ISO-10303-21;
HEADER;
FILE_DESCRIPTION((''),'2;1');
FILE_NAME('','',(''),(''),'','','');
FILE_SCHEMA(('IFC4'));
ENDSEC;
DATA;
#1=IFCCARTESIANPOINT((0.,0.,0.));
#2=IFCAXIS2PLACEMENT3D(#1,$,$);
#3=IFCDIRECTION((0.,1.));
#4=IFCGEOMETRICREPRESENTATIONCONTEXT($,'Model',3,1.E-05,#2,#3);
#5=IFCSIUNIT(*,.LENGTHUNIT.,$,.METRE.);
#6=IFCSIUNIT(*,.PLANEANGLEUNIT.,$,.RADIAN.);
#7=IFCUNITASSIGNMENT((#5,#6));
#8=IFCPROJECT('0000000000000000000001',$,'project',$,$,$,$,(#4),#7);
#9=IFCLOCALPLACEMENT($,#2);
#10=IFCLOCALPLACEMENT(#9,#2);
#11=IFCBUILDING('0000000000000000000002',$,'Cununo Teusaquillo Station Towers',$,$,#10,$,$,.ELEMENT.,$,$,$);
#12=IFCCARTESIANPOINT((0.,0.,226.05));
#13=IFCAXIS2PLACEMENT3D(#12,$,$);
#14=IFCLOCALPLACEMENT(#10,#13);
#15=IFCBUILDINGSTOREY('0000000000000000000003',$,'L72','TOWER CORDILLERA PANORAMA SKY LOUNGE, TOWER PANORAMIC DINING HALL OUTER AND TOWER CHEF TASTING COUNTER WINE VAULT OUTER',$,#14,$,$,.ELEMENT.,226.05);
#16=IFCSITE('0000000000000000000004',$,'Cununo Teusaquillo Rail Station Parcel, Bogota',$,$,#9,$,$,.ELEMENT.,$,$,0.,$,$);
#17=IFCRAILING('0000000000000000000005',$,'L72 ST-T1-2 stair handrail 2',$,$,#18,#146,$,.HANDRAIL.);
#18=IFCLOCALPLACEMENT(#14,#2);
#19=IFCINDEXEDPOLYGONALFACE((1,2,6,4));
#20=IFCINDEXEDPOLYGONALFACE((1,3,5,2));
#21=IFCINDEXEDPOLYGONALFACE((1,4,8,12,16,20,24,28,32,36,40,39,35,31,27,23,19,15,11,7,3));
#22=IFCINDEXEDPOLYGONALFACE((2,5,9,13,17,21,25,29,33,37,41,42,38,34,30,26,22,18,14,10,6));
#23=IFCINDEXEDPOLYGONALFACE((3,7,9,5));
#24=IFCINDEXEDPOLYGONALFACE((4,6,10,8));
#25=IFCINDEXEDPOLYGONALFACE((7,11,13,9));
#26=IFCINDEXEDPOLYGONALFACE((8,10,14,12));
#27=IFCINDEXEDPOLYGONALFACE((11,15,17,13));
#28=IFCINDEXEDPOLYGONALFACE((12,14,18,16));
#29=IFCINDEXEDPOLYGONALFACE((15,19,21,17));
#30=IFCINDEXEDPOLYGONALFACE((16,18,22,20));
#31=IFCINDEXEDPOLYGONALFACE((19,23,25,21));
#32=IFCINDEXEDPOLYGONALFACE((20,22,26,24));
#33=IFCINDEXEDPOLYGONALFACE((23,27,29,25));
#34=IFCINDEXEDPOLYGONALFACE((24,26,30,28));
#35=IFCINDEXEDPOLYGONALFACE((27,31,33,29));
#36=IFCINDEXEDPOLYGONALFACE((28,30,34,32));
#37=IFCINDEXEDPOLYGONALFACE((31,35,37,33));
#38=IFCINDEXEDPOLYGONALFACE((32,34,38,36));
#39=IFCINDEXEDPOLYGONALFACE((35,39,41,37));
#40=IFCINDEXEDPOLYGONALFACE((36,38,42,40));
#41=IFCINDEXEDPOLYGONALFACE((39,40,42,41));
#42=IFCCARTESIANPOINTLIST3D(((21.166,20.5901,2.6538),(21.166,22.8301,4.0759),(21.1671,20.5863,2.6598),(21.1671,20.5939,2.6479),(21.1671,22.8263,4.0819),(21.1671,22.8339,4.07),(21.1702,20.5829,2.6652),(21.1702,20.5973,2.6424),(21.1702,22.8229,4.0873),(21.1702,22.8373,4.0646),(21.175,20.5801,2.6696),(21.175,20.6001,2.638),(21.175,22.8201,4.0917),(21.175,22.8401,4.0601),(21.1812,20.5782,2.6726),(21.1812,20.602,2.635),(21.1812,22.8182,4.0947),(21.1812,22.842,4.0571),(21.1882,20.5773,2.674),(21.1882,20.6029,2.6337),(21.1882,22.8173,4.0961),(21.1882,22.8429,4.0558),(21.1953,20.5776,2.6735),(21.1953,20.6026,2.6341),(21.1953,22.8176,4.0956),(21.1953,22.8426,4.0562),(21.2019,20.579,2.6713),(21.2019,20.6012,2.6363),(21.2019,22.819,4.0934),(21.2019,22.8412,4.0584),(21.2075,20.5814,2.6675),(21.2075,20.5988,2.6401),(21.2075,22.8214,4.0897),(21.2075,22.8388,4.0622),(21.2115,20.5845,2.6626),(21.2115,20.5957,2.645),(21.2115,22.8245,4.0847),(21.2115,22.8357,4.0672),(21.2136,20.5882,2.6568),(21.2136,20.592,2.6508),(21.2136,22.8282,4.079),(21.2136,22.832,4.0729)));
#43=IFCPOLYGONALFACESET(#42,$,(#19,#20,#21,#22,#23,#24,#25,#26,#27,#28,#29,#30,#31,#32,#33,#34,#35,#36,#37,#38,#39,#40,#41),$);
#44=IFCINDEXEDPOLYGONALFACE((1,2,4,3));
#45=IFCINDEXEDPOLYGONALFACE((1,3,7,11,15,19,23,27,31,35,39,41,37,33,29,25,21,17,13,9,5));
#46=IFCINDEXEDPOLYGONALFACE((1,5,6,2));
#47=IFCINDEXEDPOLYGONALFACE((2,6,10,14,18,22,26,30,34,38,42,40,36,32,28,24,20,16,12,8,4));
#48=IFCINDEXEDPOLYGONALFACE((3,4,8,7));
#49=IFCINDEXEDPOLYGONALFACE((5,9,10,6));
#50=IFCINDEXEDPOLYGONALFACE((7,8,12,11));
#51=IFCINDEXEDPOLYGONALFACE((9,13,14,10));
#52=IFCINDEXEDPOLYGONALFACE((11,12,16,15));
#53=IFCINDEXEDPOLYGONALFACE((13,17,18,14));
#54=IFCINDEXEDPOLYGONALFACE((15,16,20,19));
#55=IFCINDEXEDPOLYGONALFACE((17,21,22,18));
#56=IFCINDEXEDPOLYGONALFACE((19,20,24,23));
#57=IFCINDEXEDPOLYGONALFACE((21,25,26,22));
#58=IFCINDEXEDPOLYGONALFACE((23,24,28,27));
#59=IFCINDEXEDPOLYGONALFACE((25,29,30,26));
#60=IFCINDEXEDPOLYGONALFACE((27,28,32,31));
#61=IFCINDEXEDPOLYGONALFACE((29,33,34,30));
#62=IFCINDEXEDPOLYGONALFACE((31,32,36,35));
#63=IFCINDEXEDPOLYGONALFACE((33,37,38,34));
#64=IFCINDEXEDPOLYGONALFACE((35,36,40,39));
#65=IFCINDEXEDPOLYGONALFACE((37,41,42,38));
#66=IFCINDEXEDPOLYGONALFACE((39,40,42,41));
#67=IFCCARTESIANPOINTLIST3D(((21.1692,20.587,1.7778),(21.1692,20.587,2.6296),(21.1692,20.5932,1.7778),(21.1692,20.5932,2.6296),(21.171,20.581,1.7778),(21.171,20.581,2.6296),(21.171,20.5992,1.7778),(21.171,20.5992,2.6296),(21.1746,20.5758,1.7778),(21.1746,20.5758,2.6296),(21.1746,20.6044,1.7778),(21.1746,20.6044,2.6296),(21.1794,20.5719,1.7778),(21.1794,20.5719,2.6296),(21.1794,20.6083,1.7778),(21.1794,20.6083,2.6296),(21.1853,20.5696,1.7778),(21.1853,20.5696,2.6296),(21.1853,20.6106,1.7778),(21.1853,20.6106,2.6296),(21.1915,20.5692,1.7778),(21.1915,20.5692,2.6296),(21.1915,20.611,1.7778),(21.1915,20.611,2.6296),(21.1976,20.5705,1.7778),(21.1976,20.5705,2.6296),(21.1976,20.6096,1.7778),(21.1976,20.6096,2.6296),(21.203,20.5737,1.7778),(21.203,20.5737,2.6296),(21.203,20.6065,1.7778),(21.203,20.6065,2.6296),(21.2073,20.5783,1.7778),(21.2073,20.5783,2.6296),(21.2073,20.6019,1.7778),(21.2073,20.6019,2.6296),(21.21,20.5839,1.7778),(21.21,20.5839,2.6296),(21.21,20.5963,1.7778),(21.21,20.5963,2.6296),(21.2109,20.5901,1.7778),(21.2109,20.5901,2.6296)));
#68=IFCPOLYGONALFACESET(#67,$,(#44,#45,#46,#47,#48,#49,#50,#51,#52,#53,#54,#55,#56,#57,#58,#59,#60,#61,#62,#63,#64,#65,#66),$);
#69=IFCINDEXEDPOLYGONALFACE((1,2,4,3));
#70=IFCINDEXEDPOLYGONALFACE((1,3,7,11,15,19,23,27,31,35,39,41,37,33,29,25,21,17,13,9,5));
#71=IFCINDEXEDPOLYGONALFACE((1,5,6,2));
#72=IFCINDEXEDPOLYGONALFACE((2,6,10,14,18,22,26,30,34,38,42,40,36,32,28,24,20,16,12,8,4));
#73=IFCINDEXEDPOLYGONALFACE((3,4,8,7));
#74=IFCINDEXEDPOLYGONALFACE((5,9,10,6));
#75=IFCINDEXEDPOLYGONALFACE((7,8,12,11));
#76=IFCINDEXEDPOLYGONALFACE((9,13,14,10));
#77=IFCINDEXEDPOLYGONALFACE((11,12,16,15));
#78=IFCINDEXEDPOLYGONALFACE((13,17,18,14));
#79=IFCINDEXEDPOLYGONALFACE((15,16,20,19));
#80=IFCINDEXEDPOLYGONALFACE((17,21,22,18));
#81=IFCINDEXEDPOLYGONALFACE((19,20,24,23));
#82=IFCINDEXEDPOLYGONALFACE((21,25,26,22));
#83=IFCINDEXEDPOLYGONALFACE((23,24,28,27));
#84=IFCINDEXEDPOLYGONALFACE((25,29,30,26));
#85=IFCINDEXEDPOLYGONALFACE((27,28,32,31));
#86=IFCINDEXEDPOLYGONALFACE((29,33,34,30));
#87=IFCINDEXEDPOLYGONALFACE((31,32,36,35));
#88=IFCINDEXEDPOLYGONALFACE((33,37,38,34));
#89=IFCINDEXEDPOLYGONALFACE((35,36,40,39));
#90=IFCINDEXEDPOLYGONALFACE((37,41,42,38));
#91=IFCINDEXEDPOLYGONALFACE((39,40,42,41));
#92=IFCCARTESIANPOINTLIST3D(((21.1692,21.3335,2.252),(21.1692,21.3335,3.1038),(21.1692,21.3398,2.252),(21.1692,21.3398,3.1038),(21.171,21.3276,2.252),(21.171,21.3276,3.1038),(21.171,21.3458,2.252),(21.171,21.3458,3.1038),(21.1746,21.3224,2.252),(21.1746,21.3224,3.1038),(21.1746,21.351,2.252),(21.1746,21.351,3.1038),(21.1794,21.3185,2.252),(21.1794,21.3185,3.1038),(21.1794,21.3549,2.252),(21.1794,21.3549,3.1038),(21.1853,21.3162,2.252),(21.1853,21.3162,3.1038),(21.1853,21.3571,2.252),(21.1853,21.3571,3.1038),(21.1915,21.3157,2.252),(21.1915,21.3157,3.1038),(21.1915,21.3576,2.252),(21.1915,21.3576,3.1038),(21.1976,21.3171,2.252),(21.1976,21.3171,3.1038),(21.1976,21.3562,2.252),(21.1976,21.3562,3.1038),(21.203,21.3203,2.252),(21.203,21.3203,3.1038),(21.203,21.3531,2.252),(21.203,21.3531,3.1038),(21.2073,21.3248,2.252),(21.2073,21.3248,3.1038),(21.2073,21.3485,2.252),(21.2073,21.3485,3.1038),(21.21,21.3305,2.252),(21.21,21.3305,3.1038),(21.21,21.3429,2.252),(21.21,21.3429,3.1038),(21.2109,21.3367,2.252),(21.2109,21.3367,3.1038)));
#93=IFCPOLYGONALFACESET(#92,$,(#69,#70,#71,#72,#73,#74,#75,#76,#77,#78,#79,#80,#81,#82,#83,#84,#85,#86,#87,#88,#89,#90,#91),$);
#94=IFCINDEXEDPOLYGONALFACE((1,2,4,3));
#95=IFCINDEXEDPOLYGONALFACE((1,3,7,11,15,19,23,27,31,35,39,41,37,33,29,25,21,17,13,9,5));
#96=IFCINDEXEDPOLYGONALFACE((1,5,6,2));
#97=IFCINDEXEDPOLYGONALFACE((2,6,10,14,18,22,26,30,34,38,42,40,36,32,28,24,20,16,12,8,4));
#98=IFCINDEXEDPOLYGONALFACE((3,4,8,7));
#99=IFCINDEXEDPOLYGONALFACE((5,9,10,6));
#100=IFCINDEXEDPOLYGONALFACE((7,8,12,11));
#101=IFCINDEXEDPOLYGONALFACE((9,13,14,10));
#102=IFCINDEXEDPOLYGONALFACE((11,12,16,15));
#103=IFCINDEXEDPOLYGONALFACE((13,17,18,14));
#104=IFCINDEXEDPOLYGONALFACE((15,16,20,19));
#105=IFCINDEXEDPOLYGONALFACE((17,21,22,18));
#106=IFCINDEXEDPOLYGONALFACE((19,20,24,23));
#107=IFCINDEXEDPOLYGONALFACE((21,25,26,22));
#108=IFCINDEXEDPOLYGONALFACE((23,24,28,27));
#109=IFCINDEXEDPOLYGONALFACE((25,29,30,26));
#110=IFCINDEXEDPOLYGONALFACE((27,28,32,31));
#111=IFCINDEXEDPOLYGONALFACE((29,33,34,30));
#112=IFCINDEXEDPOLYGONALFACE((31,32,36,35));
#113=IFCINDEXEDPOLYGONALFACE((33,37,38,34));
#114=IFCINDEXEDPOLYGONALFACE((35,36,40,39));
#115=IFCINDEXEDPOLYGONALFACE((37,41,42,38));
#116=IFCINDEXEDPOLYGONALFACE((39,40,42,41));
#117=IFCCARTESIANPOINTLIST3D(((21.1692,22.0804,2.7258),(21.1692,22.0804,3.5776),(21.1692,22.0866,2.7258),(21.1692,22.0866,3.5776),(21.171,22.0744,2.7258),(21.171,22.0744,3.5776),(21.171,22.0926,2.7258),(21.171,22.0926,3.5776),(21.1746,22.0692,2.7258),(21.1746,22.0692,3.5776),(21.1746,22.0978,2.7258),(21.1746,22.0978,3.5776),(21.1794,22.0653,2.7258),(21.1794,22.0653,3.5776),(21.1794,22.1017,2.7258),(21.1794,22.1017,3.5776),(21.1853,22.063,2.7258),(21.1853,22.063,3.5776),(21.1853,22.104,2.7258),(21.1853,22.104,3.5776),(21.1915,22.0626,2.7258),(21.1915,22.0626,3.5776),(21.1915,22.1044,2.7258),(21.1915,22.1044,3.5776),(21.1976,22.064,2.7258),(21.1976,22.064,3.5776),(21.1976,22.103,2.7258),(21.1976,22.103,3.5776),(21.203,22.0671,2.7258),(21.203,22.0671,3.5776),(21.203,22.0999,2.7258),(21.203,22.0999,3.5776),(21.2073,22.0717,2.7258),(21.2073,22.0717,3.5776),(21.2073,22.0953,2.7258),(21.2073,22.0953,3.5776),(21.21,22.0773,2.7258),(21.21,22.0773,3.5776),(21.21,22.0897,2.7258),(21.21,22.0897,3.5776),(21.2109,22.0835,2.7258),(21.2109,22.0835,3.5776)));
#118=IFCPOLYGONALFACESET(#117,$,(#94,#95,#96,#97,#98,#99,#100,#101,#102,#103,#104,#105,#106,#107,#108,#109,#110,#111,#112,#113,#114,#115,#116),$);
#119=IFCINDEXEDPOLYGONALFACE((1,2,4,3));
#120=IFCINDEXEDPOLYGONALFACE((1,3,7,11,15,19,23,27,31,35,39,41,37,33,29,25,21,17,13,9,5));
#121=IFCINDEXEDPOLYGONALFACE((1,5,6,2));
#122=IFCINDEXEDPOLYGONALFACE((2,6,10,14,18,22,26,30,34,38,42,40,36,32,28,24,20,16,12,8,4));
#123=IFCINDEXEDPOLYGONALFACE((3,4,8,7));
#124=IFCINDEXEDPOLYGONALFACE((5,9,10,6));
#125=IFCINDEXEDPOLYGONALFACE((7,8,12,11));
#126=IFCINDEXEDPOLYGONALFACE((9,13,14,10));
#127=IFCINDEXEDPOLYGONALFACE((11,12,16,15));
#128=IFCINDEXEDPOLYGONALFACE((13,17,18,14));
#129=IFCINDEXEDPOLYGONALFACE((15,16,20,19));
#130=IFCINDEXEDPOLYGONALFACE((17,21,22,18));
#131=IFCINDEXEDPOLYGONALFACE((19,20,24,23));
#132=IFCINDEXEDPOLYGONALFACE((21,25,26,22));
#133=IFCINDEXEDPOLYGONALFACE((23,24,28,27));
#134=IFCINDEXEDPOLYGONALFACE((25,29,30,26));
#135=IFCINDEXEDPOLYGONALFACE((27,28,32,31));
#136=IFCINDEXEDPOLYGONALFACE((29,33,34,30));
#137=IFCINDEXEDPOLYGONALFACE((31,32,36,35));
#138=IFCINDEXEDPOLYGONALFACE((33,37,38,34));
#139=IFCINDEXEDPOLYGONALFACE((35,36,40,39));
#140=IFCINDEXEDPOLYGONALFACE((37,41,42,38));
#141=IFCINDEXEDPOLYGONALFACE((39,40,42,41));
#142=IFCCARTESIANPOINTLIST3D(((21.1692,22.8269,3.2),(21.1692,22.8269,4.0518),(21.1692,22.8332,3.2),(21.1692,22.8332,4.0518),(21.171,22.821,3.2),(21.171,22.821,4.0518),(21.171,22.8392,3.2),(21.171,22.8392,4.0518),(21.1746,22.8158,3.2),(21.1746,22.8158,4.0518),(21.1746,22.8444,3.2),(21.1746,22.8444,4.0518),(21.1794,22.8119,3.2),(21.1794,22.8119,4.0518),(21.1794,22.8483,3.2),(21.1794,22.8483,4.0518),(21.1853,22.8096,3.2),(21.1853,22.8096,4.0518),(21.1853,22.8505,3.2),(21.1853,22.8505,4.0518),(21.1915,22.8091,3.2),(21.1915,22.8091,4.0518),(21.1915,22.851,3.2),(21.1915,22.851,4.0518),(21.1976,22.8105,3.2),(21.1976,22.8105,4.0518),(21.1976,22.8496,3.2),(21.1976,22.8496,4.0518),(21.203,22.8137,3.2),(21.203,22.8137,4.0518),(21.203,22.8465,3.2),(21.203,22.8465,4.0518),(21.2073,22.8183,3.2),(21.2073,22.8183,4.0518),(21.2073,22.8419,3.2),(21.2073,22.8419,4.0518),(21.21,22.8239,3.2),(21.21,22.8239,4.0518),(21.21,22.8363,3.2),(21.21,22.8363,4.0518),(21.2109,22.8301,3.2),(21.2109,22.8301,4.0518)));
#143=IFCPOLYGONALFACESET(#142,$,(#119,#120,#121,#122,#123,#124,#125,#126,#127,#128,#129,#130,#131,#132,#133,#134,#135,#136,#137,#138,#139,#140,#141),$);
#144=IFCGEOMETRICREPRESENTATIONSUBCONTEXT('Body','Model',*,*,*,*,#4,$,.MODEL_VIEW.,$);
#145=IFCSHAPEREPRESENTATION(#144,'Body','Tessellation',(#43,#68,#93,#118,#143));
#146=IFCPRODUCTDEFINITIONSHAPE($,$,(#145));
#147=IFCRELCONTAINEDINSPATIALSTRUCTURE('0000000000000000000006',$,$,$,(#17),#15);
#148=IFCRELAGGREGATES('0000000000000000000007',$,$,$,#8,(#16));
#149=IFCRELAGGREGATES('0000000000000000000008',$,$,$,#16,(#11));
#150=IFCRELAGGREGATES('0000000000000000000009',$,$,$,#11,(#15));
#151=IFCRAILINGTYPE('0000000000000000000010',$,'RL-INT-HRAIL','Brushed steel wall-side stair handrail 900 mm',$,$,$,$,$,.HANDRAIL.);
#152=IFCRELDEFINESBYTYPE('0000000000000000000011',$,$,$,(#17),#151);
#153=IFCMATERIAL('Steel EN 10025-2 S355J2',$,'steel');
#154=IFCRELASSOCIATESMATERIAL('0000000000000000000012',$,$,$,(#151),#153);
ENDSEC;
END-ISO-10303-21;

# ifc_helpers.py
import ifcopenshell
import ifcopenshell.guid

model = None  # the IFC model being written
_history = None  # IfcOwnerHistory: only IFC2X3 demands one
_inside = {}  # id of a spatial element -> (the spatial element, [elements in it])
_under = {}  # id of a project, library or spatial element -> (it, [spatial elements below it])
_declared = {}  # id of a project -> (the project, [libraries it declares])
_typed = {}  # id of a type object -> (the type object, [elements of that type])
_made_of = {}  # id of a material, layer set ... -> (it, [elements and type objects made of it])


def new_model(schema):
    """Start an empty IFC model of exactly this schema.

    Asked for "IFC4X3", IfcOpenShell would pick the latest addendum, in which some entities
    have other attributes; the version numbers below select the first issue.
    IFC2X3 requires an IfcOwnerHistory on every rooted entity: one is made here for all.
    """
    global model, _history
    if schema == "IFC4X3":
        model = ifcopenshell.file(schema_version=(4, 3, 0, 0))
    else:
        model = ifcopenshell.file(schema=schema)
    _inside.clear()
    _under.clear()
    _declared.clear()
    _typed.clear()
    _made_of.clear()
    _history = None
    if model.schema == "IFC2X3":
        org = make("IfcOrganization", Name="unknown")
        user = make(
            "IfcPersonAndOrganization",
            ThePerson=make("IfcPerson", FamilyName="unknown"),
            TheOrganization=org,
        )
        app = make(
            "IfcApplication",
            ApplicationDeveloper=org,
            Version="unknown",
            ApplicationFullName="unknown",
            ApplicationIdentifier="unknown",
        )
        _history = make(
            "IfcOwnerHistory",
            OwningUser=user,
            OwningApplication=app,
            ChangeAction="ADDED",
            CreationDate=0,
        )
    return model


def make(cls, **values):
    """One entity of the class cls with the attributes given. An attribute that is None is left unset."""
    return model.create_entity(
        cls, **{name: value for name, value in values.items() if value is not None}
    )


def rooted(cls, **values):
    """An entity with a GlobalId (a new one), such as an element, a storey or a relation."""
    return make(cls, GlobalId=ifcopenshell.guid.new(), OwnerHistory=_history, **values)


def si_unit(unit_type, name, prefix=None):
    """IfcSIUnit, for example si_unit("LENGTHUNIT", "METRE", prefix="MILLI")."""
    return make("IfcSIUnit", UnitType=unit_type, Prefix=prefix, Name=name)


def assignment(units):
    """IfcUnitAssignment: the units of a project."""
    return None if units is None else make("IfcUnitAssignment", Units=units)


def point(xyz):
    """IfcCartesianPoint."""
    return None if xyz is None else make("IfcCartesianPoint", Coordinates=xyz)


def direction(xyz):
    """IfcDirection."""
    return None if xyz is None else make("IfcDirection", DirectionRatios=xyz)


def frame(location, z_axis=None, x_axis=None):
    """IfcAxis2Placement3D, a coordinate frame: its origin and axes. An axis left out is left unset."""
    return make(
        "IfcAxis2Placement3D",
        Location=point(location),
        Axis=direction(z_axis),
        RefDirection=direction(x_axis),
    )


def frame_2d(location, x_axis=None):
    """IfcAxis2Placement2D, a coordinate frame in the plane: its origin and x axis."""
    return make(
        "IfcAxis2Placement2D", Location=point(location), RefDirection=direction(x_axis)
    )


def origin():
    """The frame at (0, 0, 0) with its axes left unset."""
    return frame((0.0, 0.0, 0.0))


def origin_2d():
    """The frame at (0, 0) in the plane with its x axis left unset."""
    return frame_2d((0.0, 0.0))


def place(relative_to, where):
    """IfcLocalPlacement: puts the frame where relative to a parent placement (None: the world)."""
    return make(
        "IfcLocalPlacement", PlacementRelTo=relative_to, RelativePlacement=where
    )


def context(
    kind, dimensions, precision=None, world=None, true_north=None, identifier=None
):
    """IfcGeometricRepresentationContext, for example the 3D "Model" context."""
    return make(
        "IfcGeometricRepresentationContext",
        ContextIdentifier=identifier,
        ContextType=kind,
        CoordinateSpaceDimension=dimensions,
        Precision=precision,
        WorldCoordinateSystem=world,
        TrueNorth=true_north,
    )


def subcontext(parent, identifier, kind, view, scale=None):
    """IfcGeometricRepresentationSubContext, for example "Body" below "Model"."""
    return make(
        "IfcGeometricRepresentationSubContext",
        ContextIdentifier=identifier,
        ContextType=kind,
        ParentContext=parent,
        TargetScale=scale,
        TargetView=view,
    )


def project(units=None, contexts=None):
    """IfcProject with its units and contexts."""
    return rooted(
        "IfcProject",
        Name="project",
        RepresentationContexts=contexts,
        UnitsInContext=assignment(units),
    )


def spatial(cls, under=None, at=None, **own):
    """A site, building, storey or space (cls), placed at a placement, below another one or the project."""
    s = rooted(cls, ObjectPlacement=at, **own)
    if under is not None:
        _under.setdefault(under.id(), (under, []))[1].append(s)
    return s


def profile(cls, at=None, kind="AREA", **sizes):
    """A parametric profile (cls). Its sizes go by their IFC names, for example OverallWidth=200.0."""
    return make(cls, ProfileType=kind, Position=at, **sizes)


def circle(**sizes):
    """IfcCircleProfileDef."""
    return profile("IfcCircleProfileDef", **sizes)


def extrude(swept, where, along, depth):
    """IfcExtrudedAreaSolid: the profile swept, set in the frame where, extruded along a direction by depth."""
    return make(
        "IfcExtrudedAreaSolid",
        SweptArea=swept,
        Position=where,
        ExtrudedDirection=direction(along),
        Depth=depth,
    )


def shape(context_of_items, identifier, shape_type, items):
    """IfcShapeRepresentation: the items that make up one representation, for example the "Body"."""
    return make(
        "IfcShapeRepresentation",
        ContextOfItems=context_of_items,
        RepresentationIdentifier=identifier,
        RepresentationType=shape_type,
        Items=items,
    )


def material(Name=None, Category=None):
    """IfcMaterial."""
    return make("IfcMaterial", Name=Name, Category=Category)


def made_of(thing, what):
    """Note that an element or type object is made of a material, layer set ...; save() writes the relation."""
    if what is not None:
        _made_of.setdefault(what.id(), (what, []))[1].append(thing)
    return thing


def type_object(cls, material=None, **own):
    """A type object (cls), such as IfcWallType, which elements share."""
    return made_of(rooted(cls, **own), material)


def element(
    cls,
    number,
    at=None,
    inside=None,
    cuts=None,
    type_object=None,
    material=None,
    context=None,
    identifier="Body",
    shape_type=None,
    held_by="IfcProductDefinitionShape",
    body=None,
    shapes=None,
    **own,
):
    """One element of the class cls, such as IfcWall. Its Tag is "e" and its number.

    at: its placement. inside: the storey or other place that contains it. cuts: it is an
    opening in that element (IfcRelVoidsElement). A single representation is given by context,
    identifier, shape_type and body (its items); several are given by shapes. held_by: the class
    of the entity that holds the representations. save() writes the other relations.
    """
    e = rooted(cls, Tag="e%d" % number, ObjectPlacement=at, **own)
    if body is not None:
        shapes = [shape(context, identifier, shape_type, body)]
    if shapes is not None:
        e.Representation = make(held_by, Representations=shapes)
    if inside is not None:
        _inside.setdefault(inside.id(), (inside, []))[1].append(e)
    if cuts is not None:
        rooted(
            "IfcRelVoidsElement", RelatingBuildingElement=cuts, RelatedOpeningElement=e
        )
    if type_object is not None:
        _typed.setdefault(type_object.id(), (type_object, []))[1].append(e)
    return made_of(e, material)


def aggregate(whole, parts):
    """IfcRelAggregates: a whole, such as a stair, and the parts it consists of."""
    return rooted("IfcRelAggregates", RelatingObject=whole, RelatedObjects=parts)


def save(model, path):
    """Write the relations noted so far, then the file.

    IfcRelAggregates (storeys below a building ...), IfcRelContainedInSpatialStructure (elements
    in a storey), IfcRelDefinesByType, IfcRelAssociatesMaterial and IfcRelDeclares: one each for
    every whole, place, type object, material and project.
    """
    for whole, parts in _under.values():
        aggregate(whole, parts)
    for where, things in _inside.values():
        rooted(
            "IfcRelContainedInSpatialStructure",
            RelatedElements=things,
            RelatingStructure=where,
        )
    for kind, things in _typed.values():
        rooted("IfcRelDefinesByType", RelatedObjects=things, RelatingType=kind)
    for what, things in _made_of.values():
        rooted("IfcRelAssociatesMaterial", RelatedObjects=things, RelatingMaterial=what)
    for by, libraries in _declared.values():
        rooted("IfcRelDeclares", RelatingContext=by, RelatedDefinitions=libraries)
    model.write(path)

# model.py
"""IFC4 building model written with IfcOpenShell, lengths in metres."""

from ifc_helpers import new_model, si_unit, direction, frame, origin, origin_2d, place, context, subcontext, project, spatial, circle, extrude, material, type_object, element, save


model = new_model("IFC4")

# Units and contexts
model_context = context("Model", 3, precision=1e-05, world=origin(), true_north=direction((0.0, 1.0)))
body_context = subcontext(model_context, "Body", "Model", "MODEL_VIEW")
ifc_project = project(units=[si_unit("LENGTHUNIT", "METRE"), si_unit("PLANEANGLEUNIT", "RADIAN")], contexts=[model_context])

# Site, building, storey
site_placement = place(None, origin())
site = spatial("IfcSite", under=ifc_project, at=site_placement, Name="Cununo Teusaquillo Rail Station Parcel, Bogota", CompositionType="ELEMENT", RefElevation=0.0)
building_placement = place(site_placement, origin())
building = spatial("IfcBuilding", under=site, at=building_placement, Name="Cununo Teusaquillo Station Towers", CompositionType="ELEMENT")
storey_placement = place(building_placement, frame((0.0, 0.0, 226.05)))
storey = spatial("IfcBuildingStorey", under=building, at=storey_placement, Name="L72", Description="TOWER CORDILLERA PANORAMA SKY LOUNGE, TOWER PANORAMIC DINING HALL OUTER AND TOWER CHEF TASTING COUNTER WINE VAULT OUTER", CompositionType="ELEMENT", Elevation=226.05)

# Railing
ifc_material_1 = material(Name="Steel EN 10025-2 S355J2", Category="steel")
railing_type_1 = type_object("IfcRailingType", Name="RL-INT-HRAIL", Description="Brushed steel wall-side stair handrail 900 mm", PredefinedType="HANDRAIL", material=ifc_material_1)
railing_1_placement = place(storey_placement, frame((21.1899, 20.5901, 1.7778)))
element("IfcRailing", 1, at=railing_1_placement, inside=storey, type_object=railing_type_1, Name="L72 ST-T1-2 stair handrail 2", PredefinedType="HANDRAIL", context=body_context, shape_type="SweptSolid", body=[
    extrude(circle(Radius=0.0239, at=origin_2d()), frame((0.0, 0.0, 0.876), z_axis=(0.0, 0.844229, 0.535982), x_axis=(-1.0, 0.0, 0.0)), (0.0, 0.0, 1.0), 2.6533),
    extrude(circle(Radius=0.021, at=origin_2d()), origin(), (0.0, 0.0, 1.0), 0.8518),
    extrude(circle(Radius=0.021, at=origin_2d()), frame((0.0, 0.7466, 0.4741)), (0.0, 0.0, 1.0), 0.8518),
    extrude(circle(Radius=0.021, at=origin_2d()), frame((0.0, 1.4934, 0.948)), (0.0, 0.0, 1.0), 0.8518),
    extrude(circle(Radius=0.021, at=origin_2d()), frame((0.0, 2.24, 1.4221)), (0.0, 0.0, 1.0), 0.8518),
])

save(model, "model.ifc")
